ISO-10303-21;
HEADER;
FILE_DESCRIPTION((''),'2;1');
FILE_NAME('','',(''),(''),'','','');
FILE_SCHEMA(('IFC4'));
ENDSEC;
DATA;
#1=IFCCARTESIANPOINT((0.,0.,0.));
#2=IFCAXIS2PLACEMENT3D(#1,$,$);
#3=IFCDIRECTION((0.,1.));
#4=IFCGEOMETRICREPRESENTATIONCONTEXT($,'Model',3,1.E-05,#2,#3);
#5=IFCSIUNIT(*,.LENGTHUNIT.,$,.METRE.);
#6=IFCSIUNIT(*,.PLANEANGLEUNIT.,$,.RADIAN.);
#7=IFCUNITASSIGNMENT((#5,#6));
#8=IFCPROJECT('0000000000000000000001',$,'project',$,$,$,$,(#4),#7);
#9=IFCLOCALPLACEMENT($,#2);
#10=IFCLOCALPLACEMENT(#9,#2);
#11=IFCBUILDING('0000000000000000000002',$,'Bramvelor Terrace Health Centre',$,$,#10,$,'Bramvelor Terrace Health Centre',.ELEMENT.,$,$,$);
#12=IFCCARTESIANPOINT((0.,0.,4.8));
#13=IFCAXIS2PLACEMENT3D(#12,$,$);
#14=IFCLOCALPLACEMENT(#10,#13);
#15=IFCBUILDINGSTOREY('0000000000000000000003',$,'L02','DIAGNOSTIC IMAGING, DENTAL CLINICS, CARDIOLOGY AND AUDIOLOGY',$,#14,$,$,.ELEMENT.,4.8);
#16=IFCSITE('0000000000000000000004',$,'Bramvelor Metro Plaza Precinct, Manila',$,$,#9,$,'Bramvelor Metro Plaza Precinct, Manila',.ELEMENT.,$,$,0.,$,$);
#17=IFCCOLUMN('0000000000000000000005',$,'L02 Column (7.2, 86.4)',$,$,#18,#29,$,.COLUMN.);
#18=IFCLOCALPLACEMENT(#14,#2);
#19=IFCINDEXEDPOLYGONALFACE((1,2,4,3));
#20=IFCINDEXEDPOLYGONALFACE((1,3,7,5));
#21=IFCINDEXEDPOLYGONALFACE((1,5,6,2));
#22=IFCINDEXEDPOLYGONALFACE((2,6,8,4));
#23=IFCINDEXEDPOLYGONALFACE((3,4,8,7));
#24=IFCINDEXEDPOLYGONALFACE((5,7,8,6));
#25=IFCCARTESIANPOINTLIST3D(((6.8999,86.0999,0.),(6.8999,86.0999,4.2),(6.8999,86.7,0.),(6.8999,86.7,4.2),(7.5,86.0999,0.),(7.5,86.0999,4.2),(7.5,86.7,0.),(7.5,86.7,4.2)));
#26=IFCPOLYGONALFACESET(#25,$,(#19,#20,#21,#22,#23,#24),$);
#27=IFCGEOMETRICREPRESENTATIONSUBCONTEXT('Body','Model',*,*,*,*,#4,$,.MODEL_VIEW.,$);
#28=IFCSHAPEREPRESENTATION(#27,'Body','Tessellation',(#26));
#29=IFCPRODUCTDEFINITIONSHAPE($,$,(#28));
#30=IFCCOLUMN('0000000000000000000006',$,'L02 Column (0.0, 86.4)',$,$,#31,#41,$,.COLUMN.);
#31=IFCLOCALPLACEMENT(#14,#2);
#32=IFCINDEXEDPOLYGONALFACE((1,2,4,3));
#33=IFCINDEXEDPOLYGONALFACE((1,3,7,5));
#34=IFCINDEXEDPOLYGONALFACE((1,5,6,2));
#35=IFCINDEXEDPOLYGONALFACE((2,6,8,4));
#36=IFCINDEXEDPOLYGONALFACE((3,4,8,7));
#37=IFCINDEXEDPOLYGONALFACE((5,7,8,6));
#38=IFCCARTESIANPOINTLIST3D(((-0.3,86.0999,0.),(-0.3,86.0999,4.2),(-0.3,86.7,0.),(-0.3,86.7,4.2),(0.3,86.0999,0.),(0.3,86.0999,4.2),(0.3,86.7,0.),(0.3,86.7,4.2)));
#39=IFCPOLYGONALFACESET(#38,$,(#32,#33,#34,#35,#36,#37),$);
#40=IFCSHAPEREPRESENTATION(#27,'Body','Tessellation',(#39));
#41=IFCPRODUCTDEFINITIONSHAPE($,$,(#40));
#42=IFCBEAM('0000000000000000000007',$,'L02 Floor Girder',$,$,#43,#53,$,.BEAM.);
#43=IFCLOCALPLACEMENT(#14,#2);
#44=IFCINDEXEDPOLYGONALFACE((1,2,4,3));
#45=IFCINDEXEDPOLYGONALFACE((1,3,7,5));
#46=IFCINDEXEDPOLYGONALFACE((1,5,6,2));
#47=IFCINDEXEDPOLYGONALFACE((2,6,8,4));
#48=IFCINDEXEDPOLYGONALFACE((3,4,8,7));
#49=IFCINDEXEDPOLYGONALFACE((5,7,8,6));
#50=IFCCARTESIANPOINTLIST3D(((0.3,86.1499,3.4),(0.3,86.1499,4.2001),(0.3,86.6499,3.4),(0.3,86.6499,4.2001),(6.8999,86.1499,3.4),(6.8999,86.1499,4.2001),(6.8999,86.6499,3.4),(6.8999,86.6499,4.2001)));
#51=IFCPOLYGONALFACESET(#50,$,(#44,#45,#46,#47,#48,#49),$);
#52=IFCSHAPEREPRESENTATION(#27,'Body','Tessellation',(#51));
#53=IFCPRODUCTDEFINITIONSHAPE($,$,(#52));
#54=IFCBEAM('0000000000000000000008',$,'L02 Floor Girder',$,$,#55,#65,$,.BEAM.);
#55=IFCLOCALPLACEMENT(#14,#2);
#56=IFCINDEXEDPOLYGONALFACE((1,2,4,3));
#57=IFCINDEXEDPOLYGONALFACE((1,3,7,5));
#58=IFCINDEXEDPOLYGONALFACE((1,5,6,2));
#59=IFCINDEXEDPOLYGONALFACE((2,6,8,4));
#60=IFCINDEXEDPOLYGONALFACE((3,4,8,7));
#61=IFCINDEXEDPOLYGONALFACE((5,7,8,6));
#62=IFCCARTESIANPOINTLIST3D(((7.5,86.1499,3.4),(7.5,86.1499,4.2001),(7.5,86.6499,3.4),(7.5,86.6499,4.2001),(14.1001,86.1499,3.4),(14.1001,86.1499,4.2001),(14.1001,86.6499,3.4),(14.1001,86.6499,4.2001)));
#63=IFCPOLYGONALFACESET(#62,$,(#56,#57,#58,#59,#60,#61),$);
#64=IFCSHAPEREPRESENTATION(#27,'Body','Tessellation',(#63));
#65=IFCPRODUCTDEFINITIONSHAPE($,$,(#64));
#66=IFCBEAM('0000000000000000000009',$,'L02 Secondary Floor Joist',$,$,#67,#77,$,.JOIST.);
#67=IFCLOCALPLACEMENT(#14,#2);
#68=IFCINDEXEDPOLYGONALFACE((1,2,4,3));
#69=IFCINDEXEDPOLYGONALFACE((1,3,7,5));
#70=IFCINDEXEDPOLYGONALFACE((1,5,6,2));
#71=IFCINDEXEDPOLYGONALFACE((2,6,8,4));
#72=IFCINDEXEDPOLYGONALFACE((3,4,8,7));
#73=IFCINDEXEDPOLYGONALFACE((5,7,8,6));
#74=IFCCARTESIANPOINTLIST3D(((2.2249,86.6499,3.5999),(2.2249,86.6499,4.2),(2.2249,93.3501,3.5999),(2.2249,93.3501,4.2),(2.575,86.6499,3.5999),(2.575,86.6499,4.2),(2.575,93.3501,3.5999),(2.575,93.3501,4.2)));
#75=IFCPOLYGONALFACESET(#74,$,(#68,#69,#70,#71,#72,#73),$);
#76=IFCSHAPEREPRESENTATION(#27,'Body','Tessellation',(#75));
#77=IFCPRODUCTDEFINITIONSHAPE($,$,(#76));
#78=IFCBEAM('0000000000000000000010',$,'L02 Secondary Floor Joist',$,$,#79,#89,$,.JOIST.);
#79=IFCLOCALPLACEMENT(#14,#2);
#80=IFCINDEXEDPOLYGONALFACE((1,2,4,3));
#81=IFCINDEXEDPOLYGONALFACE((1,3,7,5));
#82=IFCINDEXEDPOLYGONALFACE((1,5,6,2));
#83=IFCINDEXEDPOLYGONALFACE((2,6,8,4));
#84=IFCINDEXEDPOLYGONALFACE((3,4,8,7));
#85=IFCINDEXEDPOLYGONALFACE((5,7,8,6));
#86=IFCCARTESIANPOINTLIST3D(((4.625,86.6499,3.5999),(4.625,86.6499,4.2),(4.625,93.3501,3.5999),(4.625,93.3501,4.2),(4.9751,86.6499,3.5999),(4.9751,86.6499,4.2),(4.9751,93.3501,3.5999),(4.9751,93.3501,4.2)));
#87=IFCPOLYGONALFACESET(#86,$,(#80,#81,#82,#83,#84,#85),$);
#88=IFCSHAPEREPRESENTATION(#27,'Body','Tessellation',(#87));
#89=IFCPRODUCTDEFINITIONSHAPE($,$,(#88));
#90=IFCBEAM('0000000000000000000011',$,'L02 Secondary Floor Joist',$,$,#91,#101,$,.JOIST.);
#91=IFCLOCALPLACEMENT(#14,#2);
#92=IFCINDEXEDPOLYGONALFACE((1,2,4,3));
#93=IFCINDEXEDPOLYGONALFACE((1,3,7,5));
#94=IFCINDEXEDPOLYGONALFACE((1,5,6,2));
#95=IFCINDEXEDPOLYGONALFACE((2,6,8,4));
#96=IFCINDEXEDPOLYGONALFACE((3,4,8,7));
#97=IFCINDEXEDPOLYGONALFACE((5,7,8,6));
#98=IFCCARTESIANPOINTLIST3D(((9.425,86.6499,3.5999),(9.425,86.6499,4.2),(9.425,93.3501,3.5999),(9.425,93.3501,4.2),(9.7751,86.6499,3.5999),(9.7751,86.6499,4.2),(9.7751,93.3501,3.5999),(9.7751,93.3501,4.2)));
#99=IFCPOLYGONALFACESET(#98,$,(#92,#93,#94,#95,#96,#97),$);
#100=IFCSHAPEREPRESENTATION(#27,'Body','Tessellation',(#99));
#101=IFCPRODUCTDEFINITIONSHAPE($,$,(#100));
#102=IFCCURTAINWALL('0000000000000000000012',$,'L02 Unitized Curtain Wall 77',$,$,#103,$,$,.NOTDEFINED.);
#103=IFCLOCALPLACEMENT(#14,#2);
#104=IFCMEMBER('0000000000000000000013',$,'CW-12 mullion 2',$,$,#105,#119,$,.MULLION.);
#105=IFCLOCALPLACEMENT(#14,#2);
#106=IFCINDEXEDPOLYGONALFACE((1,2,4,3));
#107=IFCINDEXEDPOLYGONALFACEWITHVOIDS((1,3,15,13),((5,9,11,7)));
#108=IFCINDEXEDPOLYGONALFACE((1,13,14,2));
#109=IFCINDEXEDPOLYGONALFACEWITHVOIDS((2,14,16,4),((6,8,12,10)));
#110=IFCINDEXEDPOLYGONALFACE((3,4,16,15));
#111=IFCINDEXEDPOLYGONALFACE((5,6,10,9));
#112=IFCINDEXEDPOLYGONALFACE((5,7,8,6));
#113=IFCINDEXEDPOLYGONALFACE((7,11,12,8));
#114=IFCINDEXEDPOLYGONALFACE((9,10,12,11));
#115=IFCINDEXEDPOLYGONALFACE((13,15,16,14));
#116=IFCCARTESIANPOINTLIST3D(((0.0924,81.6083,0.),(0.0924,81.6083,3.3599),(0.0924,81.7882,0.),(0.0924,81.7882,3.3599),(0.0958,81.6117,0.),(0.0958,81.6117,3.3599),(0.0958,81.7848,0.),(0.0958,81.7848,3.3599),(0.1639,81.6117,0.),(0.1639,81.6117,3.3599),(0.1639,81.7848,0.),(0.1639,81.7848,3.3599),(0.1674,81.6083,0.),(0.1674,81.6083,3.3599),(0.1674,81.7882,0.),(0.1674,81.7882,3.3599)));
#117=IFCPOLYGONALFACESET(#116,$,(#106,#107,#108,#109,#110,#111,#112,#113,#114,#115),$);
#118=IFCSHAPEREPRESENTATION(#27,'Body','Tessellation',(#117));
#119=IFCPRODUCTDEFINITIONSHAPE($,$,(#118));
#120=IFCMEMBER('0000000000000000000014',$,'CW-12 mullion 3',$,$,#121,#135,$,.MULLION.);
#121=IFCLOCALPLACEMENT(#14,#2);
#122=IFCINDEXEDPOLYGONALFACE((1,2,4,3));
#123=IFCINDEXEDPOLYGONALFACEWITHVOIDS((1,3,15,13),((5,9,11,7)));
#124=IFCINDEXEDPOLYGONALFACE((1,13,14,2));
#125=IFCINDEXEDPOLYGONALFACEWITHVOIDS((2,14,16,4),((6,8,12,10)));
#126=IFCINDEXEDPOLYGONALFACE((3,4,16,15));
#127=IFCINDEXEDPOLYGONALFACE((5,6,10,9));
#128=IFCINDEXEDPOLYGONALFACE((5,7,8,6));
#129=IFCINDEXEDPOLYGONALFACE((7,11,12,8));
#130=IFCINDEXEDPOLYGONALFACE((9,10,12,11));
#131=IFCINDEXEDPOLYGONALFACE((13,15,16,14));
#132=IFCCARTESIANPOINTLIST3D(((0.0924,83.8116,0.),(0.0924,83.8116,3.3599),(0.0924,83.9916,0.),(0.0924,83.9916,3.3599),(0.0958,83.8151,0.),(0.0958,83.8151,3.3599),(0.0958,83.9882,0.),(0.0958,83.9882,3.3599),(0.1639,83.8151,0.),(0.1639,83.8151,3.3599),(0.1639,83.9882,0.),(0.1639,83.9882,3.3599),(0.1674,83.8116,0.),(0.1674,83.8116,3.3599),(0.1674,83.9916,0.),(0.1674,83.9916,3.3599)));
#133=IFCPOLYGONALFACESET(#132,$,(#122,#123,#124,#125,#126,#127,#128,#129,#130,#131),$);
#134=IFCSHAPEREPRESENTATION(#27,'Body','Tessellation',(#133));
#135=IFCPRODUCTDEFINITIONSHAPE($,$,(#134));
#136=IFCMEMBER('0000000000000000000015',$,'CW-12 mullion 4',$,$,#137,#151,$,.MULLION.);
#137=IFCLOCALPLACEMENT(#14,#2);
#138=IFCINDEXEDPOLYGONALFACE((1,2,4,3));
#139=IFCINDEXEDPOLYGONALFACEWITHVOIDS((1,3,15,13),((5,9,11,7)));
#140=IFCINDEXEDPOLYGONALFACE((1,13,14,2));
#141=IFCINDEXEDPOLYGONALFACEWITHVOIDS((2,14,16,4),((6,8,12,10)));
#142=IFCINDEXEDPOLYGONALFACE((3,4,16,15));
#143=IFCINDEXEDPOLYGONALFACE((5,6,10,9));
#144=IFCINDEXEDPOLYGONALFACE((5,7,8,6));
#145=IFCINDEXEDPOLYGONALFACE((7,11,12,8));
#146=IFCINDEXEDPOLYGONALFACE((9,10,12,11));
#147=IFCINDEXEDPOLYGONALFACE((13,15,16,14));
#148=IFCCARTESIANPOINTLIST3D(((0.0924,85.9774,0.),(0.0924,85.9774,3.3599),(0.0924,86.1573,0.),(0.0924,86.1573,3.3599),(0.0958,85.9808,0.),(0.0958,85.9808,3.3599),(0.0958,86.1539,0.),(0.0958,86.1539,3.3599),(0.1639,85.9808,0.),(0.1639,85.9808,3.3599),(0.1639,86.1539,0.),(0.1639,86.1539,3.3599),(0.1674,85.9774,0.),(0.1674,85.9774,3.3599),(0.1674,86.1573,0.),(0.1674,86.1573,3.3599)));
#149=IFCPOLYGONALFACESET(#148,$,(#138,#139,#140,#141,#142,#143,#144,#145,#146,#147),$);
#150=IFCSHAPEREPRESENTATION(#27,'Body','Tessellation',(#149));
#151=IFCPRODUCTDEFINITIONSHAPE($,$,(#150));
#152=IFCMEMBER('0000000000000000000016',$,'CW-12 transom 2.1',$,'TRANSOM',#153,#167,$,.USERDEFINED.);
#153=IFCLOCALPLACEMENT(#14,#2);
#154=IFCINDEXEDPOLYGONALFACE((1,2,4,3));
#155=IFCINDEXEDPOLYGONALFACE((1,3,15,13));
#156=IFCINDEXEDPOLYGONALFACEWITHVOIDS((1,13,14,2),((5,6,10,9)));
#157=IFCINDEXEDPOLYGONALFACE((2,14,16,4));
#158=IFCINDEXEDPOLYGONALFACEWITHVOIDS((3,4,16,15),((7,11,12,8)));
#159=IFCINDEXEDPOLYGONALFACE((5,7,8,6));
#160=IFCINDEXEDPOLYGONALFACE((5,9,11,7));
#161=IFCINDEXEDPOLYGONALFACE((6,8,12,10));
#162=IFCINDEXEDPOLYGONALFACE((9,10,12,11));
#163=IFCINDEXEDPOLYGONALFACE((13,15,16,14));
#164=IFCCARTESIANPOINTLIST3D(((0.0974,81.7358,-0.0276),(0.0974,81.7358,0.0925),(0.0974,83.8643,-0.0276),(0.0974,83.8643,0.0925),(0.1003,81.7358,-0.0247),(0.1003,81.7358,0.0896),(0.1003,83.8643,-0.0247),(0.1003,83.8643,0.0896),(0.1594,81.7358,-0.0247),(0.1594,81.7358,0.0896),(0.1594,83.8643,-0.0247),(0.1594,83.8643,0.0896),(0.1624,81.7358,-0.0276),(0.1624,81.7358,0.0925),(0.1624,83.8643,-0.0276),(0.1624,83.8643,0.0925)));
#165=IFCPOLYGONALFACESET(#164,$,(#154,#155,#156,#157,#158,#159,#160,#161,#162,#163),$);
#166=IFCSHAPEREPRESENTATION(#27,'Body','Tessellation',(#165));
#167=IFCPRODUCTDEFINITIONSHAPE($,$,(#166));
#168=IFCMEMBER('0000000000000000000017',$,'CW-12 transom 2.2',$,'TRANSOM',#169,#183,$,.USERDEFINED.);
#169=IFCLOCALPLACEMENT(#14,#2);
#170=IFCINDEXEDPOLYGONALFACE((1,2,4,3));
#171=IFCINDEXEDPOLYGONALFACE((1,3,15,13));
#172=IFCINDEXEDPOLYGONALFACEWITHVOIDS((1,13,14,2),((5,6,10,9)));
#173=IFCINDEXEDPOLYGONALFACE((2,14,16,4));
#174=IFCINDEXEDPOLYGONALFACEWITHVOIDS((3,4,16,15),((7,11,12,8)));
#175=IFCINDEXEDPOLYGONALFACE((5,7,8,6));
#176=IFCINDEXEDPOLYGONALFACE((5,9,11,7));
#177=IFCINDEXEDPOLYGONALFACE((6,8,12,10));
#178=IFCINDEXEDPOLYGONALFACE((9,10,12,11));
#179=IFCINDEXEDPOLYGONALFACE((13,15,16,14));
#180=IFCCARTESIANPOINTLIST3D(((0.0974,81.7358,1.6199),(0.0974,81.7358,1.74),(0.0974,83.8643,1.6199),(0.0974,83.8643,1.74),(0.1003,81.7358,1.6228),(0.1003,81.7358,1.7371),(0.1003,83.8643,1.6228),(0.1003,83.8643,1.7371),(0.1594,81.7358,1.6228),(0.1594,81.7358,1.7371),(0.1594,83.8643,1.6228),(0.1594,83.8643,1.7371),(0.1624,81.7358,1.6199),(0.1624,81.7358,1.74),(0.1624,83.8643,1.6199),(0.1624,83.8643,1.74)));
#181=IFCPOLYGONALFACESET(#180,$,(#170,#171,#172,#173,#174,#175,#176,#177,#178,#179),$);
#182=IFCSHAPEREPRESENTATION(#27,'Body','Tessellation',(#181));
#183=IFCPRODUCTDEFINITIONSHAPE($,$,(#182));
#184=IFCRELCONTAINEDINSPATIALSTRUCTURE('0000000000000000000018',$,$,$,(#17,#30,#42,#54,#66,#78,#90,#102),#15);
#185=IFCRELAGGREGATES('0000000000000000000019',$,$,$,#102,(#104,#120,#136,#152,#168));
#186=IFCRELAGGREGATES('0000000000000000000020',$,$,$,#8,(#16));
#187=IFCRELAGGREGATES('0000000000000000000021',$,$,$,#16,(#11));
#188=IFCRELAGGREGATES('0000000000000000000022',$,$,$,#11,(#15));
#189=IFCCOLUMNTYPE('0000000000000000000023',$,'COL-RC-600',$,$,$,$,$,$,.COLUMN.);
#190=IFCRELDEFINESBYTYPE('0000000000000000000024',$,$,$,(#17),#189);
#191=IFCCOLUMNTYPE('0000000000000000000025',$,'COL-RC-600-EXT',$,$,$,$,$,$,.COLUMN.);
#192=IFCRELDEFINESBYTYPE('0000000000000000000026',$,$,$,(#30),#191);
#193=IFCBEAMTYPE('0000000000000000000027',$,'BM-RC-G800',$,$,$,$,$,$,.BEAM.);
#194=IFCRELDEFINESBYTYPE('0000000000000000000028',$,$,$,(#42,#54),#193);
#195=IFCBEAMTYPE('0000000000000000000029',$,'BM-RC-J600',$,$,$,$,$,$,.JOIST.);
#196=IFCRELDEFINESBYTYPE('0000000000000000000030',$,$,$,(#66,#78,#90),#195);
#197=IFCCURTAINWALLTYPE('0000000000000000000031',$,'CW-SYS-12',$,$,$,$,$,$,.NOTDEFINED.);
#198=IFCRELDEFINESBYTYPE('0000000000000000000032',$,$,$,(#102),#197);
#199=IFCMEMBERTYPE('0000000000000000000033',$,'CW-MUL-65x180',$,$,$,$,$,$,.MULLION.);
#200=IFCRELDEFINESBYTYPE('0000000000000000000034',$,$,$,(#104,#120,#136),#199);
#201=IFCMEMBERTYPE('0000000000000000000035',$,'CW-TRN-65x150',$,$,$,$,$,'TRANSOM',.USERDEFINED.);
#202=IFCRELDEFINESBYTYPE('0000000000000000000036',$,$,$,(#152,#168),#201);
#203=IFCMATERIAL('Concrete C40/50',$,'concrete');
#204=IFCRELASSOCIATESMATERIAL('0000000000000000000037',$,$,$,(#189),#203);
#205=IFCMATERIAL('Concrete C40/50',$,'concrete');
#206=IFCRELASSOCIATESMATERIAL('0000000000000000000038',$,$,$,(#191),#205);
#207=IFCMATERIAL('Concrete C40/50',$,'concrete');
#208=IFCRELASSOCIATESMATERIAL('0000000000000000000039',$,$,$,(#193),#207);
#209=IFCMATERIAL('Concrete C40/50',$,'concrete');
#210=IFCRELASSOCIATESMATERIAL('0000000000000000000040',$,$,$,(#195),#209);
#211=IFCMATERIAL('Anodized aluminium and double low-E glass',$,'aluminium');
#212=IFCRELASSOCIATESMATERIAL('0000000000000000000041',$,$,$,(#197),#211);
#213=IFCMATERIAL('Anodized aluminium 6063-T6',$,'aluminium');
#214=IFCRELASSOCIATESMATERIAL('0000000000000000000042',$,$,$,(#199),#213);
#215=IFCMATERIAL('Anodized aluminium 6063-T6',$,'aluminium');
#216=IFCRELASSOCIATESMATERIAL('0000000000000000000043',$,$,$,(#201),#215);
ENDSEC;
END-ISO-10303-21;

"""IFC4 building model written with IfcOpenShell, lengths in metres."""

from ifc_helpers import new_model, si_unit, direction, frame, origin, origin_2d, place, context, subcontext, project, spatial, rectangle, hollow_rectangle, extrude, material, material_profile, profile_set, type_object, element, aggregate, save


model = new_model("IFC4")

# Units and contexts
model_context = context("Model", 3, precision=1e-05, world=origin(), true_north=direction((0.0, 1.0)))
body_context = subcontext(model_context, "Body", "Model", "MODEL_VIEW")
ifc_project = project(units=[si_unit("LENGTHUNIT", "METRE"), si_unit("PLANEANGLEUNIT", "RADIAN")], contexts=[model_context])

# Site, building, storey
site_placement = place(None, origin())
site = spatial("IfcSite", under=ifc_project, at=site_placement, Name="Bramvelor Metro Plaza Precinct, Manila", LongName="Bramvelor Metro Plaza Precinct, Manila", CompositionType="ELEMENT", RefElevation=0.0)
building_placement = place(site_placement, origin())
building = spatial("IfcBuilding", under=site, at=building_placement, Name="Bramvelor Terrace Health Centre", LongName="Bramvelor Terrace Health Centre", CompositionType="ELEMENT")
storey_placement = place(building_placement, frame((0.0, 0.0, 4.8)))
storey = spatial("IfcBuildingStorey", under=building, at=storey_placement, Name="L02", Description="DIAGNOSTIC IMAGING, DENTAL CLINICS, CARDIOLOGY AND AUDIOLOGY", CompositionType="ELEMENT", Elevation=4.8)

# Columns
ifc_material_1 = material(Name="Concrete C40/50", Category="concrete")
ifc_material_profile_1 = material_profile(ifc_material_1, rectangle(XDim=0.6001, YDim=0.6001, at=origin_2d()), Name="RC 600x600")
ifc_profile_set_1 = profile_set([ifc_material_profile_1], Name="Concrete C40/50")
column_type_1 = type_object("IfcColumnType", Name="COL-RC-600", PredefinedType="COLUMN", material=ifc_profile_set_1)
column_1_placement = place(storey_placement, frame((7.2, 86.3999, 0.0), z_axis=(0.0, 0.0, 1.0), x_axis=(1.0, 0.0, 0.0)))
element("IfcColumn", 1, at=column_1_placement, inside=storey, type_object=column_type_1, Name="L02 Column (7.2, 86.4)", PredefinedType="COLUMN", context=body_context, shape_type="SweptSolid", body=[
    extrude(rectangle(XDim=0.6001, YDim=0.6001, at=origin_2d()), origin(), (0.0, 0.0, 1.0), 4.2),
])
ifc_material_2 = material(Name="Concrete C40/50", Category="concrete")
ifc_material_profile_2 = material_profile(ifc_material_2, rectangle(XDim=0.6001, YDim=0.6001, at=origin_2d()), Name="RC 600x600")
ifc_profile_set_2 = profile_set([ifc_material_profile_2], Name="Concrete C40/50")
column_type_2 = type_object("IfcColumnType", Name="COL-RC-600-EXT", PredefinedType="COLUMN", material=ifc_profile_set_2)
column_2_placement = place(storey_placement, frame((0.0, 86.3999, 0.0), z_axis=(0.0, 0.0, 1.0), x_axis=(1.0, 0.0, 0.0)))
element("IfcColumn", 2, at=column_2_placement, inside=storey, type_object=column_type_2, Name="L02 Column (0.0, 86.4)", PredefinedType="COLUMN", context=body_context, shape_type="SweptSolid", body=[
    extrude(rectangle(XDim=0.6001, YDim=0.6001, at=origin_2d()), origin(), (0.0, 0.0, 1.0), 4.2),
])

# Beams
ifc_material_3 = material(Name="Concrete C40/50", Category="concrete")
ifc_material_profile_3 = material_profile(ifc_material_3, rectangle(XDim=0.5, YDim=0.8, at=origin_2d()), Name="RC 500x800")
ifc_profile_set_3 = profile_set([ifc_material_profile_3], Name="Concrete C40/50")
beam_type_1 = type_object("IfcBeamType", Name="BM-RC-G800", PredefinedType="BEAM", material=ifc_profile_set_3)
beam_1_placement = place(storey_placement, frame((0.3, 86.3999, 3.8), z_axis=(1.0, 0.0, 0.0), x_axis=(0.0, 1.0, 0.0)))
element("IfcBeam", 3, at=beam_1_placement, inside=storey, type_object=beam_type_1, Name="L02 Floor Girder", PredefinedType="BEAM", context=body_context, shape_type="SweptSolid", body=[
    extrude(rectangle(XDim=0.5, YDim=0.8, at=origin_2d()), origin(), (0.0, 0.0, 1.0), 6.5999),
])
beam_2_placement = place(storey_placement, frame((7.5, 86.3999, 3.8), z_axis=(1.0, 0.0, 0.0), x_axis=(0.0, 1.0, 0.0)))
element("IfcBeam", 4, at=beam_2_placement, inside=storey, type_object=beam_type_1, Name="L02 Floor Girder", PredefinedType="BEAM", context=body_context, shape_type="SweptSolid", body=[
    extrude(rectangle(XDim=0.5, YDim=0.8, at=origin_2d()), origin(), (0.0, 0.0, 1.0), 6.6001),
])
ifc_material_4 = material(Name="Concrete C40/50", Category="concrete")
ifc_material_profile_4 = material_profile(ifc_material_4, rectangle(XDim=0.3501, YDim=0.6001, at=origin_2d()), Name="RC 350x600")
ifc_profile_set_4 = profile_set([ifc_material_profile_4], Name="Concrete C40/50")
beam_type_2 = type_object("IfcBeamType", Name="BM-RC-J600", PredefinedType="JOIST", material=ifc_profile_set_4)
for number, where, z_axis, x_axis, name in (
    (5, (2.3999, 86.6499, 3.8999), (0.0, 1.0, 0.0), (-1.0, 0.0, 0.0), "L02 Secondary Floor Joist"),
    (6, (4.8, 86.6499, 3.8999), (0.0, 1.0, 0.0), (-1.0, 0.0, 0.0), "L02 Secondary Floor Joist"),
    (7, (9.6001, 86.6499, 3.8999), (0.0, 1.0, 0.0), (-1.0, 0.0, 0.0), "L02 Secondary Floor Joist"),
):
    element("IfcBeam", number, at=place(storey_placement, frame(where, z_axis=z_axis, x_axis=x_axis)), inside=storey, type_object=beam_type_2, Name=name, PredefinedType="JOIST", context=body_context, shape_type="SweptSolid", body=[
        extrude(rectangle(XDim=0.3501, YDim=0.6001, at=origin_2d()), origin(), (0.0, 0.0, 1.0), 6.7002),
    ])

# Curtain wall, members
ifc_material_5 = material(Name="Anodized aluminium and double low-E glass", Category="aluminium")
curtain_wall_type = type_object("IfcCurtainWallType", Name="CW-SYS-12", PredefinedType="NOTDEFINED", material=ifc_material_5)
curtain_wall_placement = place(storey_placement, origin())
curtain_wall = element("IfcCurtainWall", 8, at=curtain_wall_placement, inside=storey, type_object=curtain_wall_type, Name="L02 Unitized Curtain Wall 77", PredefinedType="NOTDEFINED")
ifc_material_6 = material(Name="Anodized aluminium 6063-T6", Category="aluminium")
ifc_material_profile_5 = material_profile(ifc_material_6, hollow_rectangle(XDim=0.075, YDim=0.1799, WallThickness=0.0034, at=origin_2d()), Name="ALU-MUL 75x180x3.5")
ifc_profile_set_5 = profile_set([ifc_material_profile_5], Name="Anodized aluminium 6063-T6")
member_type_1 = type_object("IfcMemberType", Name="CW-MUL-65x180", PredefinedType="MULLION", material=ifc_profile_set_5)
member_1_placement = place(storey_placement, frame((0.1299, 81.6982, 0.0), z_axis=(0.0, 0.0, 1.0), x_axis=(-1.0, 0.0, 0.0)))
member_1 = element("IfcMember", 9, at=member_1_placement, type_object=member_type_1, Name="CW-12 mullion 2", PredefinedType="MULLION", context=body_context, shape_type="SweptSolid", body=[
    extrude(hollow_rectangle(XDim=0.075, YDim=0.1799, WallThickness=0.0034, at=origin_2d()), origin(), (0.0, 0.0, 1.0), 3.3599),
])
member_2_placement = place(storey_placement, frame((0.1299, 83.9016, 0.0), z_axis=(0.0, 0.0, 1.0), x_axis=(-1.0, 0.0, 0.0)))
member_2 = element("IfcMember", 10, at=member_2_placement, type_object=member_type_1, Name="CW-12 mullion 3", PredefinedType="MULLION", context=body_context, shape_type="SweptSolid", body=[
    extrude(hollow_rectangle(XDim=0.075, YDim=0.1799, WallThickness=0.0034, at=origin_2d()), origin(), (0.0, 0.0, 1.0), 3.3599),
])
member_3_placement = place(storey_placement, frame((0.1299, 86.0674, 0.0), z_axis=(0.0, 0.0, 1.0), x_axis=(-1.0, 0.0, 0.0)))
member_3 = element("IfcMember", 11, at=member_3_placement, type_object=member_type_1, Name="CW-12 mullion 4", PredefinedType="MULLION", context=body_context, shape_type="SweptSolid", body=[
    extrude(hollow_rectangle(XDim=0.075, YDim=0.1799, WallThickness=0.0034, at=origin_2d()), origin(), (0.0, 0.0, 1.0), 3.3599),
])
ifc_material_7 = material(Name="Anodized aluminium 6063-T6", Category="aluminium")
ifc_material_profile_6 = material_profile(ifc_material_7, hollow_rectangle(XDim=0.0649, YDim=0.1201, WallThickness=0.0029, at=origin_2d()), Name="ALU-TRN 65x120x3.0")
ifc_profile_set_6 = profile_set([ifc_material_profile_6], Name="Anodized aluminium 6063-T6")
member_type_2 = type_object("IfcMemberType", Name="CW-TRN-65x150", ElementType="TRANSOM", PredefinedType="USERDEFINED", material=ifc_profile_set_6)
member_4_placement = place(storey_placement, frame((0.1299, 81.7358, 0.0325), z_axis=(0.0, 1.0, 0.0), x_axis=(-1.0, 0.0, 0.0)))
member_4 = element("IfcMember", 12, at=member_4_placement, type_object=member_type_2, Name="CW-12 transom 2.1", ObjectType="TRANSOM", PredefinedType="USERDEFINED", context=body_context, shape_type="SweptSolid", body=[
    extrude(hollow_rectangle(XDim=0.0649, YDim=0.1201, WallThickness=0.0029, at=origin_2d()), origin(), (0.0, 0.0, 1.0), 2.1284),
])
member_5_placement = place(storey_placement, frame((0.1299, 81.7358, 1.6799), z_axis=(0.0, 1.0, 0.0), x_axis=(-1.0, 0.0, 0.0)))
member_5 = element("IfcMember", 13, at=member_5_placement, type_object=member_type_2, Name="CW-12 transom 2.2", ObjectType="TRANSOM", PredefinedType="USERDEFINED", context=body_context, shape_type="SweptSolid", body=[
    extrude(hollow_rectangle(XDim=0.0649, YDim=0.1201, WallThickness=0.0029, at=origin_2d()), origin(), (0.0, 0.0, 1.0), 2.1284),
])
aggregate(curtain_wall, [member_1, member_2, member_3, member_4, member_5])

save(model, "model.ifc")
